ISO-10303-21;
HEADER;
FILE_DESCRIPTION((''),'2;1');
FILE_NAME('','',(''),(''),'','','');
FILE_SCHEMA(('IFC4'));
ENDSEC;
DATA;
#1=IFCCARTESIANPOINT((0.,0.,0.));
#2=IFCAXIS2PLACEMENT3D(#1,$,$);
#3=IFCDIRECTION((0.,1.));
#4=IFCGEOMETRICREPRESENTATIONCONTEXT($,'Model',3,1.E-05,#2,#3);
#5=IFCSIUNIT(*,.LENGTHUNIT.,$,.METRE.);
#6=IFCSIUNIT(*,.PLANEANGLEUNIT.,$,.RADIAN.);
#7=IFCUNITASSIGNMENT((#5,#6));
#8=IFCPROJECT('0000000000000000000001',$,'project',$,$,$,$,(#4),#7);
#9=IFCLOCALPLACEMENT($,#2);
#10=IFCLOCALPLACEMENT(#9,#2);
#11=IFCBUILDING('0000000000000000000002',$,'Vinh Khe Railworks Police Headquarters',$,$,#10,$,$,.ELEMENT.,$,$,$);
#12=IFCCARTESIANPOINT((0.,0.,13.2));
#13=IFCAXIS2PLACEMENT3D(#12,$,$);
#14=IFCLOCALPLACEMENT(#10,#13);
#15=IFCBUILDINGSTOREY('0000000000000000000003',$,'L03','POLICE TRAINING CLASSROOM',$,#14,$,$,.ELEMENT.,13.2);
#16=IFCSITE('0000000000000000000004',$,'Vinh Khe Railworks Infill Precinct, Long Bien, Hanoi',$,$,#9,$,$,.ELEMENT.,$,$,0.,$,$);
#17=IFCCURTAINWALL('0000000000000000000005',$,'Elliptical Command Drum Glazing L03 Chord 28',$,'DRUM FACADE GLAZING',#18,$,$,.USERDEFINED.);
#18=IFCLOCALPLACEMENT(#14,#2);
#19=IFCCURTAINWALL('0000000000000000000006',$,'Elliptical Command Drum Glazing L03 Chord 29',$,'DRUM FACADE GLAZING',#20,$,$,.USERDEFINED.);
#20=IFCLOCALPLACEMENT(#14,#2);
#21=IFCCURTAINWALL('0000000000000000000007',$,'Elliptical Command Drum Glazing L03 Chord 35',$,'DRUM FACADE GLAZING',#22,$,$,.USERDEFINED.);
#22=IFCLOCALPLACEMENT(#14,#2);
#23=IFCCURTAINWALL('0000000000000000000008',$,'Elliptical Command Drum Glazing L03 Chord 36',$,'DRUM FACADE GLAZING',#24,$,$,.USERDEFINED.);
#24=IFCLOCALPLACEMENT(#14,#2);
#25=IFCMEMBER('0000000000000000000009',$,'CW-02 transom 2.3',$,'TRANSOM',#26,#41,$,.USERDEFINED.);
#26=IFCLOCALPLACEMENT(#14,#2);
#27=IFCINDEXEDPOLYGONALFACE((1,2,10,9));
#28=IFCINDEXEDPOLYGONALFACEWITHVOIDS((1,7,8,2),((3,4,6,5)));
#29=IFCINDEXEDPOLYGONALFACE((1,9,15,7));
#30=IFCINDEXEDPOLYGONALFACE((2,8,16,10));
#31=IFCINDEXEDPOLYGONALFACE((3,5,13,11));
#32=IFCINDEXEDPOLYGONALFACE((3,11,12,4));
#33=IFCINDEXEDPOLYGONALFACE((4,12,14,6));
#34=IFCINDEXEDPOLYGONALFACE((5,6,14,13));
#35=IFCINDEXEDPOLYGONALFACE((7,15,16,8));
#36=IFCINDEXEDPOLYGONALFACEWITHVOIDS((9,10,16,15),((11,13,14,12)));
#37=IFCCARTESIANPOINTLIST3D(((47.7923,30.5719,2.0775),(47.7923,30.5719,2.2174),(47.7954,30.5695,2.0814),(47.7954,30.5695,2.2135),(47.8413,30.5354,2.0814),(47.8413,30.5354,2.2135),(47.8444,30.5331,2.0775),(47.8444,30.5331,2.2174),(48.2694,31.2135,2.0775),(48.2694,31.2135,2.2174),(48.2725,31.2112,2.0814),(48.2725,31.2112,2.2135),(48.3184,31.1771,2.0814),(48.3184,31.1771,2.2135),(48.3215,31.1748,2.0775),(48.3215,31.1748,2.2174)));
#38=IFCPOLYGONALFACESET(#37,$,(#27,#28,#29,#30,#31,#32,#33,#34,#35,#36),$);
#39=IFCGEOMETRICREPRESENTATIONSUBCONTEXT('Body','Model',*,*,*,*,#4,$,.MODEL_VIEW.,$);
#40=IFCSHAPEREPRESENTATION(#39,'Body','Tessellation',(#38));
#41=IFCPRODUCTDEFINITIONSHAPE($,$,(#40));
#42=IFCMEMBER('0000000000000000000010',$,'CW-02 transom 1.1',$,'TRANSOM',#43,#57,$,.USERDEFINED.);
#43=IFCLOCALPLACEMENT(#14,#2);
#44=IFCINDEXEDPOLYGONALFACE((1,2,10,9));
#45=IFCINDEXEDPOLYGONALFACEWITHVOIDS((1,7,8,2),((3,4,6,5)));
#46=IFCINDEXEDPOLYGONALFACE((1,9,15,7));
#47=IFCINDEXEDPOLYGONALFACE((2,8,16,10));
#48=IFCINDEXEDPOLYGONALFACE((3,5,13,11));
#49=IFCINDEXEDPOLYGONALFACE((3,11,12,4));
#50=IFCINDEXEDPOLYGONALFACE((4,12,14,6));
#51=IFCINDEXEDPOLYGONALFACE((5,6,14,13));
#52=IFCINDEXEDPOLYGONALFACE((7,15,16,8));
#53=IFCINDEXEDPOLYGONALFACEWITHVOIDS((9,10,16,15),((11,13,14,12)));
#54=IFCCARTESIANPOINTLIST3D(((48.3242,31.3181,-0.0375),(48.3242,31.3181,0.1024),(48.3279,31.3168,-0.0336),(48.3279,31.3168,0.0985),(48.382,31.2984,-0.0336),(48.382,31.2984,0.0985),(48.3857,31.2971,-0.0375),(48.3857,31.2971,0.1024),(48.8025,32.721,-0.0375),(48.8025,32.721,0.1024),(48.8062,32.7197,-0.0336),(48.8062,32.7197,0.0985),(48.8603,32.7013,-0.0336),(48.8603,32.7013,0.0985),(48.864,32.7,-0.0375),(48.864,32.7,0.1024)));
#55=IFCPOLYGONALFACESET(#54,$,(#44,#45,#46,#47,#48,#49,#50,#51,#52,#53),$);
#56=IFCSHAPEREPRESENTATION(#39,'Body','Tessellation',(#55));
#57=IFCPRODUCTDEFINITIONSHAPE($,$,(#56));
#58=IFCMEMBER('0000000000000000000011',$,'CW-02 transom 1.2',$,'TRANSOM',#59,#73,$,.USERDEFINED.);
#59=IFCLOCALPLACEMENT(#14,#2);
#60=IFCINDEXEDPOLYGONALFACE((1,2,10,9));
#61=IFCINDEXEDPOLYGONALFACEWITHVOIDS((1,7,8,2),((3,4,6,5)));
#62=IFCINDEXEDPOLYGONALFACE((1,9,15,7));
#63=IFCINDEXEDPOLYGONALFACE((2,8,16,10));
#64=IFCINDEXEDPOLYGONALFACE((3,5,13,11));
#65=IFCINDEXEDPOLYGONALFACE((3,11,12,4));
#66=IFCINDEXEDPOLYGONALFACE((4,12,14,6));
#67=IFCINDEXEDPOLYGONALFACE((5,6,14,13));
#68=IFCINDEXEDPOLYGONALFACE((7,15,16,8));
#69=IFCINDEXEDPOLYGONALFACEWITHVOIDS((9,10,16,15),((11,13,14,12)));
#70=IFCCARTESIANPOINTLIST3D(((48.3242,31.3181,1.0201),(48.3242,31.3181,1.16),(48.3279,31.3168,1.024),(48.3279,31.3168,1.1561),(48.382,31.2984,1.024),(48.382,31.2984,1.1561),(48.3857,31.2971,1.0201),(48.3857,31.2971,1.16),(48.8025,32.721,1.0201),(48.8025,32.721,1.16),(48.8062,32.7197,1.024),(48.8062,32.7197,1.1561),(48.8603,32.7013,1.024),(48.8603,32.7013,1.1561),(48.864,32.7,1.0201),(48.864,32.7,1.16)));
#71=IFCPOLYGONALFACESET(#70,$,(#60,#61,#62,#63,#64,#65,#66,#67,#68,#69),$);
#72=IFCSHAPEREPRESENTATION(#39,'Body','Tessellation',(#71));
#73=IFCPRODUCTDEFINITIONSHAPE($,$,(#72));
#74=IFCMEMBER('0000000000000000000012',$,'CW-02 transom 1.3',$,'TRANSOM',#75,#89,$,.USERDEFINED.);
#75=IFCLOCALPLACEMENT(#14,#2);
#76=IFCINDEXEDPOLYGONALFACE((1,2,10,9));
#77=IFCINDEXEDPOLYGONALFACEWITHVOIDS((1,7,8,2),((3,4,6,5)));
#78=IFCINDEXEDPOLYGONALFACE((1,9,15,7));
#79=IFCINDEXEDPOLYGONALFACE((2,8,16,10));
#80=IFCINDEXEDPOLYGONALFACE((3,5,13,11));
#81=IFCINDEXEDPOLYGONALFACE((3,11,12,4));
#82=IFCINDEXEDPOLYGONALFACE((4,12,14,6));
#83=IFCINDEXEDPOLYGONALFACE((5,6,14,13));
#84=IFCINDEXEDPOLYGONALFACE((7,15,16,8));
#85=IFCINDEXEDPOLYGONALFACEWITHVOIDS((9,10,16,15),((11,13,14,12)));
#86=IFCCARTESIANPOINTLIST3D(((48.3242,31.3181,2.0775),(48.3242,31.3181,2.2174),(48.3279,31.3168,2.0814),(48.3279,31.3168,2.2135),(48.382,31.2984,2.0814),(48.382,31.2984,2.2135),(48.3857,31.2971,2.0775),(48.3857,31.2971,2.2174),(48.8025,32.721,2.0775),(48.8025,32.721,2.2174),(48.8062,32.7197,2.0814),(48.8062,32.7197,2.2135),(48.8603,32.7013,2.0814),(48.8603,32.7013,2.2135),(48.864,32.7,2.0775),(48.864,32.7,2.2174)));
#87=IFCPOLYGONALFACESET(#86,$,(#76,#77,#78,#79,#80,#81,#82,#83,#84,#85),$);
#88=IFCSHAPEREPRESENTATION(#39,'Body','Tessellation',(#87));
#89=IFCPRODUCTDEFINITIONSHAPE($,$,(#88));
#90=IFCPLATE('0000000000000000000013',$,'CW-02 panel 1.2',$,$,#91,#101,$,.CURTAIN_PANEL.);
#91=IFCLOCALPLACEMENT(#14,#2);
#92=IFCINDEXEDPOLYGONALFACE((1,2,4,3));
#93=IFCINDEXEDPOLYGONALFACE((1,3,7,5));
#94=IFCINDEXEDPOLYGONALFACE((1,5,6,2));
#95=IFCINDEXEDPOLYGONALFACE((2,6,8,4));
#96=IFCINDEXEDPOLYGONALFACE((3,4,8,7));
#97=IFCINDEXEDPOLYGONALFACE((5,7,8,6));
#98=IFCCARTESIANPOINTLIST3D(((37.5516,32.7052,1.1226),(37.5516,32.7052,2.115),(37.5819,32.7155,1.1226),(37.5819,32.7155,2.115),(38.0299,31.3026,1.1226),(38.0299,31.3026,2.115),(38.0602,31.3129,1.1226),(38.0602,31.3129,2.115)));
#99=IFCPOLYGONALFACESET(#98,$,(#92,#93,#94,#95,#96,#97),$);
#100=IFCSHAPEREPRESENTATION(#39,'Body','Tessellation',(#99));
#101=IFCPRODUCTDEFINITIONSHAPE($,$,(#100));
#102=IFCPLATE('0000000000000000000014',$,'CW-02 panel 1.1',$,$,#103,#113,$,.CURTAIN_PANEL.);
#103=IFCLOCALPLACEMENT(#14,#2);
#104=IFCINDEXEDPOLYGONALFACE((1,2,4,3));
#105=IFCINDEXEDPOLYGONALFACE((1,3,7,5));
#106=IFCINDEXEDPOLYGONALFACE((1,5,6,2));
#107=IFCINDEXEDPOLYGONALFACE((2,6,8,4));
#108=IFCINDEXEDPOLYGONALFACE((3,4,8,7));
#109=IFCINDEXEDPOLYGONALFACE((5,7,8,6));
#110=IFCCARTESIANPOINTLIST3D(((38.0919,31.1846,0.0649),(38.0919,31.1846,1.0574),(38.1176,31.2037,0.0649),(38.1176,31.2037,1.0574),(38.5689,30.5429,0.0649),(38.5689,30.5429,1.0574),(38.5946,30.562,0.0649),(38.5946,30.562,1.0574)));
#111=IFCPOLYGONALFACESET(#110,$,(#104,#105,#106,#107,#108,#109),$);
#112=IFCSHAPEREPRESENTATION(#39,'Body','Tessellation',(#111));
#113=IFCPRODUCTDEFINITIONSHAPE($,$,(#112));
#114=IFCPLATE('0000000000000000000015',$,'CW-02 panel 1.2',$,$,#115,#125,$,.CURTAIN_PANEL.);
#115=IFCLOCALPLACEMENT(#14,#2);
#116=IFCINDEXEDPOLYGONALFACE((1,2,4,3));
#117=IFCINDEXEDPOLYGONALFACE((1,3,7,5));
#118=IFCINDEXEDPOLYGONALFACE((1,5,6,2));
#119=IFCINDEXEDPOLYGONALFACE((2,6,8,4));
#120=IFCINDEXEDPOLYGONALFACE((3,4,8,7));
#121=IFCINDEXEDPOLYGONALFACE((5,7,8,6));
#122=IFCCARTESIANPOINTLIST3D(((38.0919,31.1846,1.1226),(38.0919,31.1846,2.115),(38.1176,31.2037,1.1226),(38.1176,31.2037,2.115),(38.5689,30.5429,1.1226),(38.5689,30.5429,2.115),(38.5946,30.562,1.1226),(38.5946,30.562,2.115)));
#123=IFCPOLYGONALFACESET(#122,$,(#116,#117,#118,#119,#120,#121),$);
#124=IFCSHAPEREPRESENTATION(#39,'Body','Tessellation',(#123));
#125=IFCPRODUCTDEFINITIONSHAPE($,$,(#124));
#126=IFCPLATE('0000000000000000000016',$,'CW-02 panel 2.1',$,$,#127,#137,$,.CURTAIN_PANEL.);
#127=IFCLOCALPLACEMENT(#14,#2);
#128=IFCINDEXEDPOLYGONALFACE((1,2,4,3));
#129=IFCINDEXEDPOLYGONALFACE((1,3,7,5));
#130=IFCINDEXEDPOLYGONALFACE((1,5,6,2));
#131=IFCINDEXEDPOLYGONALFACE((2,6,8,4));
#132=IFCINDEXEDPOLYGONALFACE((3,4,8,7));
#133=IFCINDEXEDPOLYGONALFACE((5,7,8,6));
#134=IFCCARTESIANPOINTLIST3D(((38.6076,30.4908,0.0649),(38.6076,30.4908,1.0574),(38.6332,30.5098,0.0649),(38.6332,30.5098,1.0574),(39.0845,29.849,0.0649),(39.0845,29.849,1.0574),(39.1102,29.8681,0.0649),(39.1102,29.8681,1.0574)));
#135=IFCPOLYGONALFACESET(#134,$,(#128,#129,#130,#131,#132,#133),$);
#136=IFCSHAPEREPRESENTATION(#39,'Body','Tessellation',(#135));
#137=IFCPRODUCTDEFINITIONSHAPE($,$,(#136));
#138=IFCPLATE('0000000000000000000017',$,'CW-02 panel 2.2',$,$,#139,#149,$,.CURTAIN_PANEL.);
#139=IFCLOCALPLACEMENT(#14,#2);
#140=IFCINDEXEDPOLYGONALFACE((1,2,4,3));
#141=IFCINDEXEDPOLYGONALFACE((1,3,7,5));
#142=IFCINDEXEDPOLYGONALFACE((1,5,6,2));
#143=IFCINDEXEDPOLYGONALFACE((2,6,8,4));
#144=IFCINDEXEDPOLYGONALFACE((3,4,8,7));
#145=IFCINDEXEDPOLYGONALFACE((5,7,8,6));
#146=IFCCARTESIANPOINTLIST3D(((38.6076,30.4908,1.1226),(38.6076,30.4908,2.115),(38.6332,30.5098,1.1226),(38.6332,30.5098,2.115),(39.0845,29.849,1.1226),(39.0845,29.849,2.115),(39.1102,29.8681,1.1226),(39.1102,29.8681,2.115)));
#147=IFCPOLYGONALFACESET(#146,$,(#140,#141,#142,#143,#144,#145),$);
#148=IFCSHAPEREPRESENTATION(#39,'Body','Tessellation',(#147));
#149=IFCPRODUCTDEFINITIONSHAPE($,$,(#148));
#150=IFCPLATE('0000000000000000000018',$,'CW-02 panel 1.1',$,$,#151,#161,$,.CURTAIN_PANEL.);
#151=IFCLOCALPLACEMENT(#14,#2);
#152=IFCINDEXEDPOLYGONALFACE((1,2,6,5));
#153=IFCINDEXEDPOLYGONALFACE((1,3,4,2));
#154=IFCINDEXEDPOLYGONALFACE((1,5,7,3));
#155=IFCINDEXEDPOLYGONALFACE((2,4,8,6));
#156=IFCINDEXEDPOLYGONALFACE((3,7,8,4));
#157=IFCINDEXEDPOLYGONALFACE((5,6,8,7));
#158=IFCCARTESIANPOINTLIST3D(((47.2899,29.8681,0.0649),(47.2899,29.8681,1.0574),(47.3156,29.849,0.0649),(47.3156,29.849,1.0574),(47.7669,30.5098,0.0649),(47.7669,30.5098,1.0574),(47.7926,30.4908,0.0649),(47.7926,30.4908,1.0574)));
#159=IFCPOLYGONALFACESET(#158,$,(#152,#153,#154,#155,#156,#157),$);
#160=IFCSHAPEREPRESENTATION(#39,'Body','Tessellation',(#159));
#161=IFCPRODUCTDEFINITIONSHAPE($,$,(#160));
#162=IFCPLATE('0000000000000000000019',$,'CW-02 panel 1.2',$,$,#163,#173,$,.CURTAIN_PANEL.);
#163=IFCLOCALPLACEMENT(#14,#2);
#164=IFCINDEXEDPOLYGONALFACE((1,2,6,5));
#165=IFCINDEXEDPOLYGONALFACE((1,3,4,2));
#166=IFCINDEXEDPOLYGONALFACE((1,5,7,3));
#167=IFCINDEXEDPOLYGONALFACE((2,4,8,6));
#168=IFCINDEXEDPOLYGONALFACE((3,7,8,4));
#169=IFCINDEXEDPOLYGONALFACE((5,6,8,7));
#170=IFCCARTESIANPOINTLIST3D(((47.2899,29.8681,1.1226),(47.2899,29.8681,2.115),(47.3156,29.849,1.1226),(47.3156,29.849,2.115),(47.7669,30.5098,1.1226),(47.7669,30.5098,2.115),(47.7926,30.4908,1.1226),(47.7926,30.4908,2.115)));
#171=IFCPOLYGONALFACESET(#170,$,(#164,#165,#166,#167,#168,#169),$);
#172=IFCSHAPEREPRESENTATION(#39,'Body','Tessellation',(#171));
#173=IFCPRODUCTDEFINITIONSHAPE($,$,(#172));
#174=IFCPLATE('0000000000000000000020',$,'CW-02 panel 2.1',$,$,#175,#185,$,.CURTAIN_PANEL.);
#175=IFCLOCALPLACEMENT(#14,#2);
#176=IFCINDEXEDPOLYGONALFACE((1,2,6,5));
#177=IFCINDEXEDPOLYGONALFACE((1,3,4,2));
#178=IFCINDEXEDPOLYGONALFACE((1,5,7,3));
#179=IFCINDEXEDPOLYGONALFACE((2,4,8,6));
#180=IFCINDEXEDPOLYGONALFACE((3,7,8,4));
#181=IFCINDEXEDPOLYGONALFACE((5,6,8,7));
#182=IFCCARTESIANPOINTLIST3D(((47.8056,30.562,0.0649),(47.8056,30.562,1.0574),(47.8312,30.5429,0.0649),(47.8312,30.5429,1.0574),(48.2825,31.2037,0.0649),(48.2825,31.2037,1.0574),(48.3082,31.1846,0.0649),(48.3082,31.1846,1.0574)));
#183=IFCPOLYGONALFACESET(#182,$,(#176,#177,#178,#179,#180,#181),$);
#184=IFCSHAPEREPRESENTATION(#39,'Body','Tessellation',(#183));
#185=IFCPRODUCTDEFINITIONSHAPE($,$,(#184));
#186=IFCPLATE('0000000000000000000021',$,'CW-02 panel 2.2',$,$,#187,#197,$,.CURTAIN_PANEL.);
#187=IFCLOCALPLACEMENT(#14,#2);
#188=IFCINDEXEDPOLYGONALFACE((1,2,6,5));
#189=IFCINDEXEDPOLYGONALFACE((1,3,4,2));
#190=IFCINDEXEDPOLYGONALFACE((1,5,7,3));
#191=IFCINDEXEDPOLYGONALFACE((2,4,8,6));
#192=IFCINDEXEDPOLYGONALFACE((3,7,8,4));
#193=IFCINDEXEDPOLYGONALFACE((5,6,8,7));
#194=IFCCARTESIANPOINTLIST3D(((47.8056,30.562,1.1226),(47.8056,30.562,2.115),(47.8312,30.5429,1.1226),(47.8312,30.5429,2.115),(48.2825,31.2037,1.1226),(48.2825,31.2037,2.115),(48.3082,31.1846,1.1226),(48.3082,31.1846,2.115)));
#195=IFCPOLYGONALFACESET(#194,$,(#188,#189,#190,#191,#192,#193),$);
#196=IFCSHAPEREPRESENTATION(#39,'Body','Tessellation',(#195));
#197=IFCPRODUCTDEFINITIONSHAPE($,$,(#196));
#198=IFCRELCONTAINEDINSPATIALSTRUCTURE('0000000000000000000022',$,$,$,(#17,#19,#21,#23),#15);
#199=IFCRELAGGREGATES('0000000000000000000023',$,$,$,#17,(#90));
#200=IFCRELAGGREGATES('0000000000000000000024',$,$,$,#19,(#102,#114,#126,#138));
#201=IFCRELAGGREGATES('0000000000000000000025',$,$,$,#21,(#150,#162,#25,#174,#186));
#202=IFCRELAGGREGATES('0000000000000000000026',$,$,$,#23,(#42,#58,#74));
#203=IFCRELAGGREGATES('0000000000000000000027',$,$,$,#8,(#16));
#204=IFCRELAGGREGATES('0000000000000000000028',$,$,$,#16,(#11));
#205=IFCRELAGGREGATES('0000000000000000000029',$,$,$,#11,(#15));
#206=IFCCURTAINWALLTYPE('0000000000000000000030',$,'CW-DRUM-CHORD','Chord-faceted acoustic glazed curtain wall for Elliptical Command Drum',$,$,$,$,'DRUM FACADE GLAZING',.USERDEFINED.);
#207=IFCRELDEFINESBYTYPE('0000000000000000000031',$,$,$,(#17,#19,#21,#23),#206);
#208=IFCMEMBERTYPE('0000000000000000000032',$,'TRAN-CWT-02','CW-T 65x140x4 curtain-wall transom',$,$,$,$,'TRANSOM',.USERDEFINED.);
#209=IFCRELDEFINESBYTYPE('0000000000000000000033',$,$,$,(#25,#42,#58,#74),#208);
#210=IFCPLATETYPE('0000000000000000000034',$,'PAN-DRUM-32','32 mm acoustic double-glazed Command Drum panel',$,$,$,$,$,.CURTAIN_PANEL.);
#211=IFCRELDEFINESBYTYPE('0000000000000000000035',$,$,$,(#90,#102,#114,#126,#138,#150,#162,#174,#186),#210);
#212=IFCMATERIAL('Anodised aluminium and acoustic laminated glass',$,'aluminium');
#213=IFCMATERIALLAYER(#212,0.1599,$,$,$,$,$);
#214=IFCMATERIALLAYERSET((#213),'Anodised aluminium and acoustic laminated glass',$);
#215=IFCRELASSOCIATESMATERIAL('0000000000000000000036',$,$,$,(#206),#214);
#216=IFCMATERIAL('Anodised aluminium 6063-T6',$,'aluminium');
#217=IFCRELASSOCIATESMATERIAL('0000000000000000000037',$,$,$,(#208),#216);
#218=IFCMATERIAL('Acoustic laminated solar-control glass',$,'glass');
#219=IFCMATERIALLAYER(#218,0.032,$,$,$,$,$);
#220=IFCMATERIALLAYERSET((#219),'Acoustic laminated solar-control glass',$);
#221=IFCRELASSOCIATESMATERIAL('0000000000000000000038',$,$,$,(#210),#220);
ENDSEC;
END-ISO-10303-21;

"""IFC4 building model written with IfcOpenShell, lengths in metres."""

from ifc_helpers import new_model, si_unit, direction, frame, origin, origin_2d, place, context, subcontext, project, spatial, rectangle, hollow_rectangle, extrude, material, layer, layer_set, material_profile, profile_set, type_object, element, aggregate, save


model = new_model("IFC4")

# Units and contexts
model_context = context("Model", 3, precision=1e-05, world=origin(), true_north=direction((0.0, 1.0)))
body_context = subcontext(model_context, "Body", "Model", "MODEL_VIEW")
ifc_project = project(units=[si_unit("LENGTHUNIT", "METRE"), si_unit("PLANEANGLEUNIT", "RADIAN")], contexts=[model_context])

# Site, building, storey
site_placement = place(None, origin())
site = spatial("IfcSite", under=ifc_project, at=site_placement, Name="Vinh Khe Railworks Infill Precinct, Long Bien, Hanoi", CompositionType="ELEMENT", RefElevation=0.0)
building_placement = place(site_placement, origin())
building = spatial("IfcBuilding", under=site, at=building_placement, Name="Vinh Khe Railworks Police Headquarters", CompositionType="ELEMENT")
storey_placement = place(building_placement, frame((0.0, 0.0, 13.2)))
storey = spatial("IfcBuildingStorey", under=building, at=storey_placement, Name="L03", Description="POLICE TRAINING CLASSROOM", CompositionType="ELEMENT", Elevation=13.2)

# Curtain wall
ifc_material_1 = material(Name="Anodised aluminium and acoustic laminated glass", Category="aluminium")
ifc_layer_1 = layer(ifc_material_1, 0.1599)
ifc_layer_set_1 = layer_set([ifc_layer_1], Name="Anodised aluminium and acoustic laminated glass")
curtain_wall_type = type_object("IfcCurtainWallType", Name="CW-DRUM-CHORD", Description="Chord-faceted acoustic glazed curtain wall for Elliptical Command Drum", ElementType="DRUM FACADE GLAZING", PredefinedType="USERDEFINED", material=ifc_layer_set_1)
curtain_wall_1_placement = place(storey_placement, origin())
curtain_wall_1 = element("IfcCurtainWall", 1, at=curtain_wall_1_placement, inside=storey, type_object=curtain_wall_type, Name="Elliptical Command Drum Glazing L03 Chord 28", ObjectType="DRUM FACADE GLAZING", PredefinedType="USERDEFINED")
ifc_material_2 = material(Name="Anodised aluminium 6063-T6", Category="aluminium")

# Curtain walls
curtain_wall_2_placement = place(storey_placement, origin())
curtain_wall_2 = element("IfcCurtainWall", 2, at=curtain_wall_2_placement, inside=storey, type_object=curtain_wall_type, Name="Elliptical Command Drum Glazing L03 Chord 29", ObjectType="DRUM FACADE GLAZING", PredefinedType="USERDEFINED")
curtain_wall_3_placement = place(storey_placement, origin())
curtain_wall_3 = element("IfcCurtainWall", 3, at=curtain_wall_3_placement, inside=storey, type_object=curtain_wall_type, Name="Elliptical Command Drum Glazing L03 Chord 35", ObjectType="DRUM FACADE GLAZING", PredefinedType="USERDEFINED")
curtain_wall_4_placement = place(storey_placement, origin())
curtain_wall_4 = element("IfcCurtainWall", 4, at=curtain_wall_4_placement, inside=storey, type_object=curtain_wall_type, Name="Elliptical Command Drum Glazing L03 Chord 36", ObjectType="DRUM FACADE GLAZING", PredefinedType="USERDEFINED")

# Members
ifc_material_profile_1 = material_profile(ifc_material_2, hollow_rectangle(XDim=0.0649, YDim=0.1399, WallThickness=0.0039, at=origin_2d()), Name="CW-T 65x140x4")
ifc_profile_set_1 = profile_set([ifc_material_profile_1], Name="Anodised aluminium 6063-T6")
member_type_1 = type_object("IfcMemberType", Name="TRAN-CWT-02", Description="CW-T 65x140x4 curtain-wall transom", ElementType="TRANSOM", PredefinedType="USERDEFINED", material=ifc_profile_set_1)
member_1_placement = place(storey_placement, frame((47.8184, 30.5525, 2.1475), z_axis=(0.596673, 0.802485, 0.0), x_axis=(-0.802485, 0.596673, 0.0)))
member_1 = element("IfcMember", 5, at=member_1_placement, type_object=member_type_1, Name="CW-02 transom 2.3", ObjectType="TRANSOM", PredefinedType="USERDEFINED", context=body_context, shape_type="SweptSolid", body=[
    extrude(hollow_rectangle(XDim=0.0649, YDim=0.1399, WallThickness=0.0039, at=origin_2d()), origin(), (0.0, 0.0, 1.0), 0.7996),
])
member_2_placement = place(storey_placement, frame((48.355, 31.3076, 0.0325), z_axis=(0.322694, 0.946503, 0.0), x_axis=(-0.946503, 0.322694, 0.0)))
member_2 = element("IfcMember", 6, at=member_2_placement, type_object=member_type_1, Name="CW-02 transom 1.1", ObjectType="TRANSOM", PredefinedType="USERDEFINED", context=body_context, shape_type="SweptSolid", body=[
    extrude(hollow_rectangle(XDim=0.0649, YDim=0.1399, WallThickness=0.0039, at=origin_2d()), origin(), (0.0, 0.0, 1.0), 1.4822),
])
member_3_placement = place(storey_placement, frame((48.355, 31.3076, 1.0901), z_axis=(0.322694, 0.946503, 0.0), x_axis=(-0.946503, 0.322694, 0.0)))
member_3 = element("IfcMember", 7, at=member_3_placement, type_object=member_type_1, Name="CW-02 transom 1.2", ObjectType="TRANSOM", PredefinedType="USERDEFINED", context=body_context, shape_type="SweptSolid", body=[
    extrude(hollow_rectangle(XDim=0.0649, YDim=0.1399, WallThickness=0.0039, at=origin_2d()), origin(), (0.0, 0.0, 1.0), 1.4822),
])
member_4_placement = place(storey_placement, frame((48.355, 31.3076, 2.1475), z_axis=(0.322694, 0.946503, 0.0), x_axis=(-0.946503, 0.322694, 0.0)))
member_4 = element("IfcMember", 8, at=member_4_placement, type_object=member_type_1, Name="CW-02 transom 1.3", ObjectType="TRANSOM", PredefinedType="USERDEFINED", context=body_context, shape_type="SweptSolid", body=[
    extrude(hollow_rectangle(XDim=0.0649, YDim=0.1399, WallThickness=0.0039, at=origin_2d()), origin(), (0.0, 0.0, 1.0), 1.4822),
])

# Plates
ifc_material_3 = material(Name="Acoustic laminated solar-control glass", Category="glass")
ifc_layer_2 = layer(ifc_material_3, 0.032)
ifc_layer_set_2 = layer_set([ifc_layer_2], Name="Acoustic laminated solar-control glass")
plate_type_1 = type_object("IfcPlateType", Name="PAN-DRUM-32", Description="32 mm acoustic double-glazed Command Drum panel", PredefinedType="CURTAIN_PANEL", material=ifc_layer_set_2)
plate_1_placement = place(storey_placement, frame((37.8059, 32.009, 1.1226), z_axis=(0.0, 0.0, 1.0), x_axis=(0.322749, -0.946485, 0.0)))
plate_1 = element("IfcPlate", 9, at=plate_1_placement, type_object=plate_type_1, Name="CW-02 panel 1.2", PredefinedType="CURTAIN_PANEL", context=body_context, shape_type="SweptSolid", body=[
    extrude(rectangle(XDim=1.4819, YDim=0.032, at=origin_2d()), origin(), (0.0, 0.0, 1.0), 0.9924),
])
aggregate(curtain_wall_1, [plate_1])
plate_2_placement = place(storey_placement, frame((38.3433, 30.8733, 0.0649), z_axis=(0.0, 0.0, 1.0), x_axis=(0.596528, -0.802592, 0.0)))
plate_2 = element("IfcPlate", 10, at=plate_2_placement, type_object=plate_type_1, Name="CW-02 panel 1.1", PredefinedType="CURTAIN_PANEL", context=body_context, shape_type="SweptSolid", body=[
    extrude(rectangle(XDim=0.7996, YDim=0.032, at=origin_2d()), origin(), (0.0, 0.0, 1.0), 0.9924),
])
plate_3_placement = place(storey_placement, frame((38.3433, 30.8733, 1.1226), z_axis=(0.0, 0.0, 1.0), x_axis=(0.596528, -0.802592, 0.0)))
plate_3 = element("IfcPlate", 11, at=plate_3_placement, type_object=plate_type_1, Name="CW-02 panel 1.2", PredefinedType="CURTAIN_PANEL", context=body_context, shape_type="SweptSolid", body=[
    extrude(rectangle(XDim=0.7996, YDim=0.032, at=origin_2d()), origin(), (0.0, 0.0, 1.0), 0.9924),
])
plate_4_placement = place(storey_placement, frame((38.8589, 30.1794, 0.0649), z_axis=(0.0, 0.0, 1.0), x_axis=(0.596528, -0.802592, 0.0)))
plate_4 = element("IfcPlate", 12, at=plate_4_placement, type_object=plate_type_1, Name="CW-02 panel 2.1", PredefinedType="CURTAIN_PANEL", context=body_context, shape_type="SweptSolid", body=[
    extrude(rectangle(XDim=0.7996, YDim=0.032, at=origin_2d()), origin(), (0.0, 0.0, 1.0), 0.9924),
])
plate_5_placement = place(storey_placement, frame((38.8589, 30.1794, 1.1226), z_axis=(0.0, 0.0, 1.0), x_axis=(0.596528, -0.802592, 0.0)))
plate_5 = element("IfcPlate", 13, at=plate_5_placement, type_object=plate_type_1, Name="CW-02 panel 2.2", PredefinedType="CURTAIN_PANEL", context=body_context, shape_type="SweptSolid", body=[
    extrude(rectangle(XDim=0.7996, YDim=0.032, at=origin_2d()), origin(), (0.0, 0.0, 1.0), 0.9924),
])
aggregate(curtain_wall_2, [plate_2, plate_3, plate_4, plate_5])
plate_6_placement = place(storey_placement, frame((47.5413, 30.1794, 0.0649), z_axis=(0.0, 0.0, 1.0), x_axis=(0.596528, 0.802592, 0.0)))
plate_6 = element("IfcPlate", 14, at=plate_6_placement, type_object=plate_type_1, Name="CW-02 panel 1.1", PredefinedType="CURTAIN_PANEL", context=body_context, shape_type="SweptSolid", body=[
    extrude(rectangle(XDim=0.7996, YDim=0.032, at=origin_2d()), origin(), (0.0, 0.0, 1.0), 0.9924),
])
plate_7_placement = place(storey_placement, frame((47.5413, 30.1794, 1.1226), z_axis=(0.0, 0.0, 1.0), x_axis=(0.596528, 0.802592, 0.0)))
plate_7 = element("IfcPlate", 15, at=plate_7_placement, type_object=plate_type_1, Name="CW-02 panel 1.2", PredefinedType="CURTAIN_PANEL", context=body_context, shape_type="SweptSolid", body=[
    extrude(rectangle(XDim=0.7996, YDim=0.032, at=origin_2d()), origin(), (0.0, 0.0, 1.0), 0.9924),
])
plate_8_placement = place(storey_placement, frame((48.0569, 30.8733, 0.0649), z_axis=(0.0, 0.0, 1.0), x_axis=(0.596528, 0.802592, 0.0)))
plate_8 = element("IfcPlate", 16, at=plate_8_placement, type_object=plate_type_1, Name="CW-02 panel 2.1", PredefinedType="CURTAIN_PANEL", context=body_context, shape_type="SweptSolid", body=[
    extrude(rectangle(XDim=0.7996, YDim=0.032, at=origin_2d()), origin(), (0.0, 0.0, 1.0), 0.9924),
])
plate_9_placement = place(storey_placement, frame((48.0569, 30.8733, 1.1226), z_axis=(0.0, 0.0, 1.0), x_axis=(0.596528, 0.802592, 0.0)))
plate_9 = element("IfcPlate", 17, at=plate_9_placement, type_object=plate_type_1, Name="CW-02 panel 2.2", PredefinedType="CURTAIN_PANEL", context=body_context, shape_type="SweptSolid", body=[
    extrude(rectangle(XDim=0.7996, YDim=0.032, at=origin_2d()), origin(), (0.0, 0.0, 1.0), 0.9924),
])
aggregate(curtain_wall_3, [plate_6, plate_7, member_1, plate_8, plate_9])
aggregate(curtain_wall_4, [member_2, member_3, member_4])

save(model, "model.ifc")
